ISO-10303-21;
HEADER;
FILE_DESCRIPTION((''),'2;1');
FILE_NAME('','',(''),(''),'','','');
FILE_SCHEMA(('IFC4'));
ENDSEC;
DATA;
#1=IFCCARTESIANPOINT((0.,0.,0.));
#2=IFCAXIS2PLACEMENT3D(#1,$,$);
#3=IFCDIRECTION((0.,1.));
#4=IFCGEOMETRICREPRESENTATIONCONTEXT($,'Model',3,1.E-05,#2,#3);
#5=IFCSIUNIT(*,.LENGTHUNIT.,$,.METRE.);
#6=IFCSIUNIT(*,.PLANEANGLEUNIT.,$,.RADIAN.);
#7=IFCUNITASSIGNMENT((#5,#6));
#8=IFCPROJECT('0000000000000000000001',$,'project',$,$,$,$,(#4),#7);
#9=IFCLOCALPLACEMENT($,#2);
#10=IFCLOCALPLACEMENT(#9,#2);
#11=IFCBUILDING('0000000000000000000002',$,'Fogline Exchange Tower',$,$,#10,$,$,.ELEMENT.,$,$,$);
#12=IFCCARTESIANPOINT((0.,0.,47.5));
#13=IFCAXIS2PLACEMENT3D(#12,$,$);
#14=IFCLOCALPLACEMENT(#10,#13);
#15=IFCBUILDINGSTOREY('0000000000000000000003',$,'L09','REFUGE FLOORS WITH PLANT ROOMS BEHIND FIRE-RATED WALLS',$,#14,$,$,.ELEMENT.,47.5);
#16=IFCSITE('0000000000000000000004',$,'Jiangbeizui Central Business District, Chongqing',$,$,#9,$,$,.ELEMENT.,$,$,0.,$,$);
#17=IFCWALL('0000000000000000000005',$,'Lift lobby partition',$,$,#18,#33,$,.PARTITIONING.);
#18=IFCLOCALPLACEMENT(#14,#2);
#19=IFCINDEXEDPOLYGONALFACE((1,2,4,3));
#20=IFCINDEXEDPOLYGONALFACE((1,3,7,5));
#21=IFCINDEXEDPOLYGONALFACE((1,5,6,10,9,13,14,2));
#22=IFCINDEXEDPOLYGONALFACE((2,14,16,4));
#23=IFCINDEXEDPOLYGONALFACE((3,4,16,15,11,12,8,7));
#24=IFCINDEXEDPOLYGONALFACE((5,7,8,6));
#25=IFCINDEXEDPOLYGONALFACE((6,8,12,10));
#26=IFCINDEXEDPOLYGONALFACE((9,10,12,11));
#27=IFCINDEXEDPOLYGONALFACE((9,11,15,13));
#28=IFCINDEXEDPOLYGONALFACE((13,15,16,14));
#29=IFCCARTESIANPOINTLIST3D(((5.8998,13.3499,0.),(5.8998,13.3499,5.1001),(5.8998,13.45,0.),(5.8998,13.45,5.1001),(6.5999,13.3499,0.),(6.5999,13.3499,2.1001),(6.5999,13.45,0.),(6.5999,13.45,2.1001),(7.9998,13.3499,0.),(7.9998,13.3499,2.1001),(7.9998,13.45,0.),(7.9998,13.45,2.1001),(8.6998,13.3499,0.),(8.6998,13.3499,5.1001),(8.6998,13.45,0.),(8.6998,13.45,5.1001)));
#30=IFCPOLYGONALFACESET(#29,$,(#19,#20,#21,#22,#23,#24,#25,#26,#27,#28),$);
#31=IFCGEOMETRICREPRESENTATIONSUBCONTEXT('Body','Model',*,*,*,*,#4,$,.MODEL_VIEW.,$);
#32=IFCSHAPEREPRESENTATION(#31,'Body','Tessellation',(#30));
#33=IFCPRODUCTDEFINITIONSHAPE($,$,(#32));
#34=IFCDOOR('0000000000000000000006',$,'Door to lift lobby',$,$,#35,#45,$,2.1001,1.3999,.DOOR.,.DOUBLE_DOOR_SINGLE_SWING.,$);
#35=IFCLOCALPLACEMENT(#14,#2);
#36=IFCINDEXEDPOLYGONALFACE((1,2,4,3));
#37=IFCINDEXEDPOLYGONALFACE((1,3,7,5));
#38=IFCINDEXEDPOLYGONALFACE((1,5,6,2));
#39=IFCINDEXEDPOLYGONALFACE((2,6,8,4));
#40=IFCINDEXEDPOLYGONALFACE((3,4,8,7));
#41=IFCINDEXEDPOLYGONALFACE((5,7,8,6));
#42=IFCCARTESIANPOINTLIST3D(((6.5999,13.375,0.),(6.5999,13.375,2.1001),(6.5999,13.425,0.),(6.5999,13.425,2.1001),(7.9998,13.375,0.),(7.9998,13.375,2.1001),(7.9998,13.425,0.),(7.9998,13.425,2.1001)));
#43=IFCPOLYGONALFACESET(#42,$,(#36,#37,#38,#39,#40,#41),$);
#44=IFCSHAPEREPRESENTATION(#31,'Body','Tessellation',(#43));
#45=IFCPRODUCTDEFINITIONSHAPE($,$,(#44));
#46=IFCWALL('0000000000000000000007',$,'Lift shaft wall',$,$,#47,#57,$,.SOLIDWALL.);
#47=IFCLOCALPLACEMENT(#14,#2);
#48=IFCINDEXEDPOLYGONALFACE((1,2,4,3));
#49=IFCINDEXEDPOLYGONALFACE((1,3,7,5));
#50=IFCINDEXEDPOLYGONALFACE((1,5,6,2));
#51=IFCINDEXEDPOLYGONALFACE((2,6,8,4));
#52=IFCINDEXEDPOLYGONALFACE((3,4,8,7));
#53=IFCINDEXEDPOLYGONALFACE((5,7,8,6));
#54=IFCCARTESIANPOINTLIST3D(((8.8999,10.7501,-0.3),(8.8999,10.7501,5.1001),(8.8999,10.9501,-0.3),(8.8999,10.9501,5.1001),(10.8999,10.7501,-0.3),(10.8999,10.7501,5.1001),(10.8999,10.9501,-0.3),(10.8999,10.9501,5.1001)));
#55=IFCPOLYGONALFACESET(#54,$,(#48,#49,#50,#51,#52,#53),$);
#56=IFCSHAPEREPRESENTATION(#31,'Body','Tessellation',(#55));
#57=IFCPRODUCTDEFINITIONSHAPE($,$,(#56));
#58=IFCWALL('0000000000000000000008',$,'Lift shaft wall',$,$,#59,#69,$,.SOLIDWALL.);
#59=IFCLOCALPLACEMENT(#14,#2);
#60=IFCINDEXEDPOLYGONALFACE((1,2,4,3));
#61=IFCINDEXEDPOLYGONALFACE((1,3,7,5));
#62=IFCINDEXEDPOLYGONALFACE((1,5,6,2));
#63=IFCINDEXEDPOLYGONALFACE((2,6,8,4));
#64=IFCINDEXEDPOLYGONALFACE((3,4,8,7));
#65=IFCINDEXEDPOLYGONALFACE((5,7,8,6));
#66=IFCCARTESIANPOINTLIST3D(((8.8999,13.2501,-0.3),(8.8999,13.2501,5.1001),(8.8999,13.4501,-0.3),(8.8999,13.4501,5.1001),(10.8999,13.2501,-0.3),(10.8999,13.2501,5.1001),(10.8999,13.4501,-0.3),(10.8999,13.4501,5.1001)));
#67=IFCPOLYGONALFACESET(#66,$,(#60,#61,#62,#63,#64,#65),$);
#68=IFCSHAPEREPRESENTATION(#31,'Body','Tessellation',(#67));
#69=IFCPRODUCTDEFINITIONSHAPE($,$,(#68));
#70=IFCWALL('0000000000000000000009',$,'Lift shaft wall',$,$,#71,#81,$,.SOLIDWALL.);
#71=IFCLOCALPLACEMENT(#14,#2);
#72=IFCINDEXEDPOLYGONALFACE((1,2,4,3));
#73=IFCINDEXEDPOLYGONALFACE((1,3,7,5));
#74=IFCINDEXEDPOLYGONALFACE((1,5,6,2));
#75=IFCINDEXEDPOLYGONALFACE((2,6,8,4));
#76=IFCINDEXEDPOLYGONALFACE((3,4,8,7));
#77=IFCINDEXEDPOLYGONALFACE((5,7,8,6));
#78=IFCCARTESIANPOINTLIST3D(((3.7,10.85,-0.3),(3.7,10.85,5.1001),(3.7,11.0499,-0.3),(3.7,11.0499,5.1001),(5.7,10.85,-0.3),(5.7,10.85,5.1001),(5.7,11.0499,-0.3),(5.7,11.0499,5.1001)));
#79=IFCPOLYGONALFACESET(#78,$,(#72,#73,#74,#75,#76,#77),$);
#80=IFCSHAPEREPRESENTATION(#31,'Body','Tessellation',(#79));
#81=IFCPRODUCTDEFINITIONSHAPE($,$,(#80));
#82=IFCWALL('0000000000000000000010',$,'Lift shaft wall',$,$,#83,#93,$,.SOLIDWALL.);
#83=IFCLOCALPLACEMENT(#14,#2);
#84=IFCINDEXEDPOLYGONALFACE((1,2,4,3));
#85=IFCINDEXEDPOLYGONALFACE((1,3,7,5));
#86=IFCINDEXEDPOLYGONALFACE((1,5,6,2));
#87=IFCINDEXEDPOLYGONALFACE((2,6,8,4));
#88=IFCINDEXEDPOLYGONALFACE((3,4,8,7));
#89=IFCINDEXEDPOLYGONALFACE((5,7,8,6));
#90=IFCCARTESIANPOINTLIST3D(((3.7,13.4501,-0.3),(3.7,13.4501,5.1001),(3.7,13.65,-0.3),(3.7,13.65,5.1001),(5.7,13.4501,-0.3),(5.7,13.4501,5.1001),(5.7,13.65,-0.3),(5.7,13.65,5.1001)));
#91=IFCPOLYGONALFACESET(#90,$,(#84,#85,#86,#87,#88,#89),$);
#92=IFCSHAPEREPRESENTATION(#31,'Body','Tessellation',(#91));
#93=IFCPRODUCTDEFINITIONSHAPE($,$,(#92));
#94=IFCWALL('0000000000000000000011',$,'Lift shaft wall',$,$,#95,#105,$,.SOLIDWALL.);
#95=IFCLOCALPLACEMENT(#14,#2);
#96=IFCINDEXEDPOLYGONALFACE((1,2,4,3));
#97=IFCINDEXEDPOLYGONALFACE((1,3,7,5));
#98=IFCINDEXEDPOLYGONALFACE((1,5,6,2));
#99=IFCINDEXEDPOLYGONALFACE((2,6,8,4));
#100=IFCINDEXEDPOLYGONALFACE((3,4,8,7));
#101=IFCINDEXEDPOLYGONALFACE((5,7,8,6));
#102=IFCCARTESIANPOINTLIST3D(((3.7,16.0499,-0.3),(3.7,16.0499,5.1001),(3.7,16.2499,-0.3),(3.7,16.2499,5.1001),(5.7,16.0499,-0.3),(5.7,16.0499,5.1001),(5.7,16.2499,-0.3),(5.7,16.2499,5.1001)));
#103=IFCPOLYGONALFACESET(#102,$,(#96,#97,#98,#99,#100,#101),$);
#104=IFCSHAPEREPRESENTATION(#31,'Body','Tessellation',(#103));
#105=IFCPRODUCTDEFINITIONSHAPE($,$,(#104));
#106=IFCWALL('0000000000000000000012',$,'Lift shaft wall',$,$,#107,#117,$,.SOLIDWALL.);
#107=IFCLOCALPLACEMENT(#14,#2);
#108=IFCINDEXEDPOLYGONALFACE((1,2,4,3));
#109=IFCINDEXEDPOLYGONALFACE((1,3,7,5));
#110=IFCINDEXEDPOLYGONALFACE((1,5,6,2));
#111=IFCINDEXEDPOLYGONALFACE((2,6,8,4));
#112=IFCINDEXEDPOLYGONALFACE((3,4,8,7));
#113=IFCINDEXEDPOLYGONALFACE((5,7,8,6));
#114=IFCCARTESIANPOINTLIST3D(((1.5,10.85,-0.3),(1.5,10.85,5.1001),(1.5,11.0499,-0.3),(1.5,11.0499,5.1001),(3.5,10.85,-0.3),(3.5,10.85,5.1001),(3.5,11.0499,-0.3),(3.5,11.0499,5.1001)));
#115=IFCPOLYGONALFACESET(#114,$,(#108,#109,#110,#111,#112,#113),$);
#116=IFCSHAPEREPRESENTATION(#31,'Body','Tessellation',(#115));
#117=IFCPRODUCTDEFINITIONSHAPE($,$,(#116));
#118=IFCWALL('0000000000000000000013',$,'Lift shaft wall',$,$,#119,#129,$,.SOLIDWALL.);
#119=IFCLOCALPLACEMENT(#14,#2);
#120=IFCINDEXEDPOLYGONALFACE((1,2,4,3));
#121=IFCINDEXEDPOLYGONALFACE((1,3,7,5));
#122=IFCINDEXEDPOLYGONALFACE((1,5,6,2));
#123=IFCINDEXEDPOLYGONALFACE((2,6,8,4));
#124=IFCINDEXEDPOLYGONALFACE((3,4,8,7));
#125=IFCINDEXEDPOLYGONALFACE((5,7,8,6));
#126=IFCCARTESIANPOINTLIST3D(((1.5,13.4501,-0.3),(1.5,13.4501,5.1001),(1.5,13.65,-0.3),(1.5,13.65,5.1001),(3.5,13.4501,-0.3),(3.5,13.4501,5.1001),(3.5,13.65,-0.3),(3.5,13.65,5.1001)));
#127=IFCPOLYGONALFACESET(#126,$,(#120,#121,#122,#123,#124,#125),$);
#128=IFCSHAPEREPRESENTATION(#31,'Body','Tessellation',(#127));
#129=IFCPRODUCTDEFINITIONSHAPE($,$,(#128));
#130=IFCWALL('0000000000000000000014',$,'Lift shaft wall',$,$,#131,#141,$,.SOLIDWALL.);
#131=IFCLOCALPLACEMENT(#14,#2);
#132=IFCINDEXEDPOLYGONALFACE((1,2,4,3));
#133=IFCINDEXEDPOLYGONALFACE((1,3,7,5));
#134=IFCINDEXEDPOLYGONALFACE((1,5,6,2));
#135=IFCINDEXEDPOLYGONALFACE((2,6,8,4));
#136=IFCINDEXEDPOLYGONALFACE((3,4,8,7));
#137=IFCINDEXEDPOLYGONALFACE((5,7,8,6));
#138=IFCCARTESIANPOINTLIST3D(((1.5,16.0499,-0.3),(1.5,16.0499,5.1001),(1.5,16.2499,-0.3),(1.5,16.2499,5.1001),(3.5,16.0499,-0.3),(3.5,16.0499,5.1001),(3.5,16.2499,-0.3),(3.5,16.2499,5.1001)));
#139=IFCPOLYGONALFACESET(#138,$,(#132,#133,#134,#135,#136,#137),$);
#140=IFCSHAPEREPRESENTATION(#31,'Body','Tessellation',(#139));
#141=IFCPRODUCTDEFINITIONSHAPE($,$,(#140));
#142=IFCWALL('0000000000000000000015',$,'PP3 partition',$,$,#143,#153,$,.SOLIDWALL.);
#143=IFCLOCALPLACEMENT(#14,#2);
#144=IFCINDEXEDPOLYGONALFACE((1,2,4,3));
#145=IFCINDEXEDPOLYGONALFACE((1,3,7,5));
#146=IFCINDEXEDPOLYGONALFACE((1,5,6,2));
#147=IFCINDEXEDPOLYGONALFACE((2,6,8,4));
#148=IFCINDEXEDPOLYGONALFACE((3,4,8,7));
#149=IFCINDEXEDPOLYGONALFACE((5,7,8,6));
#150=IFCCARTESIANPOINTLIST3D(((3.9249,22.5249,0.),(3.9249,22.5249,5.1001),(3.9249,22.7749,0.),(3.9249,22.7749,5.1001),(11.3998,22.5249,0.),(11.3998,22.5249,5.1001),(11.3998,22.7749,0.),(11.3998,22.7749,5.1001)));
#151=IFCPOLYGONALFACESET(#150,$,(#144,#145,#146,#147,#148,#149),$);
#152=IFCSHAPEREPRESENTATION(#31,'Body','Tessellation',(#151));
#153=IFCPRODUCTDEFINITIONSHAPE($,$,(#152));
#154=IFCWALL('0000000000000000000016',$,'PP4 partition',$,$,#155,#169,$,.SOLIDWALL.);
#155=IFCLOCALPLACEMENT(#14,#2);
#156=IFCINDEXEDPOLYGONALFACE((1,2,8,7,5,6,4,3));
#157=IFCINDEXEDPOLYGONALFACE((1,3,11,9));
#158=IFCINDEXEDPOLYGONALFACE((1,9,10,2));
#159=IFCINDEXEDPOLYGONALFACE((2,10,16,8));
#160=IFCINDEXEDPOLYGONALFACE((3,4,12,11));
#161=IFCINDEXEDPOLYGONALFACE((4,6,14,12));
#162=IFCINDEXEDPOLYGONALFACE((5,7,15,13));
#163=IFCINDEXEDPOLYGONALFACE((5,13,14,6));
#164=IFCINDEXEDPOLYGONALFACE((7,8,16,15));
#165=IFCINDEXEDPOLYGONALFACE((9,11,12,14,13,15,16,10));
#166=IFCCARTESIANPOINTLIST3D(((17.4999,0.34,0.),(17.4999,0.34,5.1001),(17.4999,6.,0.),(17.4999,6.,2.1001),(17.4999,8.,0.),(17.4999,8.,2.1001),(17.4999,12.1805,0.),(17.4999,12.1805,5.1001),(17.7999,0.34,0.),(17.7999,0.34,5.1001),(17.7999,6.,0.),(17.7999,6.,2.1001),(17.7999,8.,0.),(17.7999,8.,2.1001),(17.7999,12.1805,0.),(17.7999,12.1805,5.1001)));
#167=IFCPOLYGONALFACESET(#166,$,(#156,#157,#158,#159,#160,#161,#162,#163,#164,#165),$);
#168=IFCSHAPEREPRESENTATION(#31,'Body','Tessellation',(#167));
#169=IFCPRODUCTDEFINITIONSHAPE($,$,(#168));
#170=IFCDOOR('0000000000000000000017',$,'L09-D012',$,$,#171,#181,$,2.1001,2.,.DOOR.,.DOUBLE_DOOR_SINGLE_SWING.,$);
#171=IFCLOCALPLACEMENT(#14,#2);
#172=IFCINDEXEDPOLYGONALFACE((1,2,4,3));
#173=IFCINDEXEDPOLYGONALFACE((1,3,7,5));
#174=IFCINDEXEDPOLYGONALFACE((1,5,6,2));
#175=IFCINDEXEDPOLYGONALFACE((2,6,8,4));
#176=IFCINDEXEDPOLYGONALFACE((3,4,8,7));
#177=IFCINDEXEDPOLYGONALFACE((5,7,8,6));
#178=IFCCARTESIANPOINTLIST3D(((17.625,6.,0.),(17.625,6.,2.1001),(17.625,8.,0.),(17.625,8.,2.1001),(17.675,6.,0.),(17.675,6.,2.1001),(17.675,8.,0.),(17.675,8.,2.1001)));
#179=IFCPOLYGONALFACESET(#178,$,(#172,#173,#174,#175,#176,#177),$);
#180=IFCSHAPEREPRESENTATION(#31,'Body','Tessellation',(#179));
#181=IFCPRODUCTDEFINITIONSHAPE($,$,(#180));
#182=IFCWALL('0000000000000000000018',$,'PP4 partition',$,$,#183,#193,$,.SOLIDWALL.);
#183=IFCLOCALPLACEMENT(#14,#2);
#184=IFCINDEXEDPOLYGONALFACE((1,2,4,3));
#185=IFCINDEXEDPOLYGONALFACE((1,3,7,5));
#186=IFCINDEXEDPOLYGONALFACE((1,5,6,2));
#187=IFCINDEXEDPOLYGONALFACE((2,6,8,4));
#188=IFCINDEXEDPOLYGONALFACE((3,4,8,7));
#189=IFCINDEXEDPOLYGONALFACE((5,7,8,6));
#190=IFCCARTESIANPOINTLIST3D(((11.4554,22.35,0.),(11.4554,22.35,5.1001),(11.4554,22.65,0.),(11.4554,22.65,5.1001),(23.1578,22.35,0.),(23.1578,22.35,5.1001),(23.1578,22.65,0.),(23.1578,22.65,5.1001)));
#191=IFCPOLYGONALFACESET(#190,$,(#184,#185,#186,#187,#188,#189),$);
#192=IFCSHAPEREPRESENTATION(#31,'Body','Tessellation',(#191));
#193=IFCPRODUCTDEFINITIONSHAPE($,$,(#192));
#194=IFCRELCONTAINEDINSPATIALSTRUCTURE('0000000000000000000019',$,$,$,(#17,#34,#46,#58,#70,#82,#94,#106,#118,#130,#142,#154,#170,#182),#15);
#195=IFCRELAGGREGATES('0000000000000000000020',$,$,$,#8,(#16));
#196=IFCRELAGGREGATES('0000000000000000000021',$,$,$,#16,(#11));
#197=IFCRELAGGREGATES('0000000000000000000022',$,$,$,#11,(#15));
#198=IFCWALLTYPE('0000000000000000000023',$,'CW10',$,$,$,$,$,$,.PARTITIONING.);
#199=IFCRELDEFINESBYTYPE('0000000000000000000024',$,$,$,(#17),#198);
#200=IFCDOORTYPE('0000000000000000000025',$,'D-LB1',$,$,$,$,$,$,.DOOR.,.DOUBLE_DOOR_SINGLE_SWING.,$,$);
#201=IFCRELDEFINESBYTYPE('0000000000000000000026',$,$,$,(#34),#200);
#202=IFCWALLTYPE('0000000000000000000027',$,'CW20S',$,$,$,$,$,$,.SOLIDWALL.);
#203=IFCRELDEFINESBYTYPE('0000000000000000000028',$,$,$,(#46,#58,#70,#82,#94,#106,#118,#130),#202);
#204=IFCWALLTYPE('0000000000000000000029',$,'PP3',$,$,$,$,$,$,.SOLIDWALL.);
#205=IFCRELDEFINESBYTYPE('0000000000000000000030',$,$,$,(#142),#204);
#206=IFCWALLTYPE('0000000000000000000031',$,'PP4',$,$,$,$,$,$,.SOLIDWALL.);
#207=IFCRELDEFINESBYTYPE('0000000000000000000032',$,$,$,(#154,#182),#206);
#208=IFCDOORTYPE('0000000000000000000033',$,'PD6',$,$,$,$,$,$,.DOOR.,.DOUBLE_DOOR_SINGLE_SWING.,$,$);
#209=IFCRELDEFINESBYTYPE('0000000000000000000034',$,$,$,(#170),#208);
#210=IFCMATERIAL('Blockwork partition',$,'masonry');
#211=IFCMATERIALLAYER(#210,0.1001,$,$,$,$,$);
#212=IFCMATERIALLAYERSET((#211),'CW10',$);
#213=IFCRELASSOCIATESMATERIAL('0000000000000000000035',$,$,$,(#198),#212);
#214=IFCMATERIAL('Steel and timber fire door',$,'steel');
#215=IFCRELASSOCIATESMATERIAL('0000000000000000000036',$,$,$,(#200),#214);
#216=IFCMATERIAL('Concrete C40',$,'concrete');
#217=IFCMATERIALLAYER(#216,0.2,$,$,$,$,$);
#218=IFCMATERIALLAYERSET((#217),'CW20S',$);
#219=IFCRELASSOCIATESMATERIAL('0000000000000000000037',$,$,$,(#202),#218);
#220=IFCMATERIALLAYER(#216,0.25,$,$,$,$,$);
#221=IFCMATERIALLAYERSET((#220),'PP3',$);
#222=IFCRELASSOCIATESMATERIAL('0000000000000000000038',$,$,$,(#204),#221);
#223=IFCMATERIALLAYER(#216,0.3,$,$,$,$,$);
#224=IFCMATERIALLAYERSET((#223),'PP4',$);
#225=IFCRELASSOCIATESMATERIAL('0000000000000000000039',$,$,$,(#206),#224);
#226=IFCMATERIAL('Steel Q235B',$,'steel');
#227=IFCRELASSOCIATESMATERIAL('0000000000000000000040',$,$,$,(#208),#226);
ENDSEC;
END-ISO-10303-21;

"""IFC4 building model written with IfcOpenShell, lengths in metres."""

from ifc_helpers import new_model, si_unit, direction, frame, frame_2d, origin, place, context, subcontext, project, spatial, rectangle, extrude, material, layer, layer_set, type_object, element, fill, save


model = new_model("IFC4")

# Units and contexts
model_context = context("Model", 3, precision=1e-05, world=origin(), true_north=direction((0.0, 1.0)))
body_context = subcontext(model_context, "Body", "Model", "MODEL_VIEW")
ifc_project = project(units=[si_unit("LENGTHUNIT", "METRE"), si_unit("PLANEANGLEUNIT", "RADIAN")], contexts=[model_context])

# Site, building, storey
site_placement = place(None, origin())
site = spatial("IfcSite", under=ifc_project, at=site_placement, Name="Jiangbeizui Central Business District, Chongqing", CompositionType="ELEMENT", RefElevation=0.0)
building_placement = place(site_placement, origin())
building = spatial("IfcBuilding", under=site, at=building_placement, Name="Fogline Exchange Tower", CompositionType="ELEMENT")
storey_placement = place(building_placement, frame((0.0, 0.0, 47.5)))
storey = spatial("IfcBuildingStorey", under=building, at=storey_placement, Name="L09", Description="REFUGE FLOORS WITH PLANT ROOMS BEHIND FIRE-RATED WALLS", CompositionType="ELEMENT", Elevation=47.5)

# Shared definitions
ifc_material_1 = material(Name="Concrete C40", Category="concrete")

# Wall, opening, door
ifc_material_2 = material(Name="Blockwork partition", Category="masonry")
ifc_layer_1 = layer(ifc_material_2, 0.1001)
ifc_layer_set_1 = layer_set([ifc_layer_1], Name="CW10")
wall_type_1 = type_object("IfcWallType", Name="CW10", PredefinedType="PARTITIONING", material=ifc_layer_set_1)
wall_1_placement = place(storey_placement, frame((5.8999, 13.3999, 0.0), z_axis=(0.0, 0.0, 1.0), x_axis=(1.0, 0.0, 0.0)))
wall_1 = element("IfcWall", 1, at=wall_1_placement, inside=storey, type_object=wall_type_1, Name="Lift lobby partition", PredefinedType="PARTITIONING", context=body_context, shape_type="SweptSolid", body=[
    extrude(rectangle(XDim=2.8, YDim=0.1001, at=frame_2d((1.3999, 0.0))), origin(), (0.0, 0.0, 1.0), 5.1001),
])
opening_1_placement = place(wall_1_placement, frame((0.7, 0.0, 0.0)))
opening_1 = element("IfcOpeningElement", 2, at=opening_1_placement, cuts=wall_1, PredefinedType="OPENING", context=body_context, shape_type="SweptSolid", body=[
    extrude(rectangle(XDim=1.3999, YDim=2.1001, at=frame_2d((0.7, 1.05))), frame((0.0, 0.0601, 0.0), z_axis=(0.0, -1.0, 0.0), x_axis=(1.0, 0.0, 0.0)), (0.0, 0.0, 1.0), 0.1201),
])
ifc_material_3 = material(Name="Steel and timber fire door", Category="steel")
door_type_1 = type_object("IfcDoorType", Name="D-LB1", OperationType="DOUBLE_DOOR_SINGLE_SWING", PredefinedType="DOOR", material=ifc_material_3)
door_1_placement = place(opening_1_placement, frame((1.3999, 0.0, 0.0), z_axis=(0.0, 0.0, 1.0), x_axis=(-1.0, 0.0, 0.0)))
door_1 = element("IfcDoor", 3, at=door_1_placement, inside=storey, type_object=door_type_1, Name="Door to lift lobby", OperationType="DOUBLE_DOOR_SINGLE_SWING", OverallHeight=2.1001, OverallWidth=1.3999, PredefinedType="DOOR", context=body_context, shape_type="SweptSolid", body=[
    extrude(rectangle(XDim=1.3999, YDim=2.1001, at=frame_2d((0.7, 1.05))), frame((0.0, 0.0249, 0.0), z_axis=(0.0, -1.0, 0.0), x_axis=(1.0, 0.0, 0.0)), (0.0, 0.0, 1.0), 0.05),
])
fill(opening_1, door_1)

# Walls
ifc_layer_2 = layer(ifc_material_1, 0.2)
ifc_layer_set_2 = layer_set([ifc_layer_2], Name="CW20S")
wall_type_2 = type_object("IfcWallType", Name="CW20S", PredefinedType="SOLIDWALL", material=ifc_layer_set_2)
for number, where, z_axis, x_axis, name in (
    (4, (8.8999, 10.8501, -0.3), (0.0, 0.0, 1.0), (1.0, 0.0, 0.0), "Lift shaft wall"),
    (5, (8.8999, 13.3501, -0.3), (0.0, 0.0, 1.0), (1.0, 0.0, 0.0), "Lift shaft wall"),
    (6, (3.7, 10.95, -0.3), (0.0, 0.0, 1.0), (1.0, 0.0, 0.0), "Lift shaft wall"),
    (7, (3.7, 13.55, -0.3), (0.0, 0.0, 1.0), (1.0, 0.0, 0.0), "Lift shaft wall"),
    (8, (3.7, 16.1499, -0.3), (0.0, 0.0, 1.0), (1.0, 0.0, 0.0), "Lift shaft wall"),
    (9, (1.5, 10.95, -0.3), (0.0, 0.0, 1.0), (1.0, 0.0, 0.0), "Lift shaft wall"),
    (10, (1.5, 13.55, -0.3), (0.0, 0.0, 1.0), (1.0, 0.0, 0.0), "Lift shaft wall"),
    (11, (1.5, 16.1499, -0.3), (0.0, 0.0, 1.0), (1.0, 0.0, 0.0), "Lift shaft wall"),
):
    element("IfcWall", number, at=place(storey_placement, frame(where, z_axis=z_axis, x_axis=x_axis)), inside=storey, type_object=wall_type_2, Name=name, PredefinedType="SOLIDWALL", context=body_context, shape_type="SweptSolid", body=[
        extrude(rectangle(XDim=2.0, YDim=0.2, at=frame_2d((1.0, 0.0))), origin(), (0.0, 0.0, 1.0), 5.4001),
    ])
ifc_layer_3 = layer(ifc_material_1, 0.25)
ifc_layer_set_3 = layer_set([ifc_layer_3], Name="PP3")
wall_type_3 = type_object("IfcWallType", Name="PP3", PredefinedType="SOLIDWALL", material=ifc_layer_set_3)
wall_2_placement = place(storey_placement, frame((3.925, 22.6499, 0.0), z_axis=(0.0, 0.0, 1.0), x_axis=(1.0, 0.0, 0.0)))
element("IfcWall", 12, at=wall_2_placement, inside=storey, type_object=wall_type_3, Name="PP3 partition", PredefinedType="SOLIDWALL", context=body_context, shape_type="SweptSolid", body=[
    extrude(rectangle(XDim=7.4749, YDim=0.25, at=frame_2d((3.7373, 0.0))), origin(), (0.0, 0.0, 1.0), 5.1001),
])

# Wall, opening, door
ifc_layer_4 = layer(ifc_material_1, 0.3)
ifc_layer_set_4 = layer_set([ifc_layer_4], Name="PP4")
wall_type_4 = type_object("IfcWallType", Name="PP4", PredefinedType="SOLIDWALL", material=ifc_layer_set_4)
wall_3_placement = place(storey_placement, frame((17.6499, 12.1807, 0.0), z_axis=(0.0, 0.0, 1.0), x_axis=(0.0, -1.0, 0.0)))
wall_3 = element("IfcWall", 13, at=wall_3_placement, inside=storey, type_object=wall_type_4, Name="PP4 partition", PredefinedType="SOLIDWALL", context=body_context, shape_type="SweptSolid", body=[
    extrude(rectangle(XDim=11.8406, YDim=0.3, at=frame_2d((5.9204, 0.0))), origin(), (0.0, 0.0, 1.0), 5.1001),
])
opening_2_placement = place(wall_3_placement, frame((4.1807, 0.0, 0.0)))
opening_2 = element("IfcOpeningElement", 14, at=opening_2_placement, cuts=wall_3, PredefinedType="OPENING", context=body_context, shape_type="SweptSolid", body=[
    extrude(rectangle(XDim=2.0, YDim=2.1001, at=frame_2d((1.0, 1.05))), frame((0.0, 0.1602, 0.0), z_axis=(0.0, -1.0, 0.0), x_axis=(1.0, 0.0, 0.0)), (0.0, 0.0, 1.0), 0.3201),
])
ifc_material_4 = material(Name="Steel Q235B", Category="steel")
door_type_2 = type_object("IfcDoorType", Name="PD6", OperationType="DOUBLE_DOOR_SINGLE_SWING", PredefinedType="DOOR", material=ifc_material_4)
door_2_placement = place(opening_2_placement, frame((2.0, 0.0, 0.0), z_axis=(0.0, 0.0, 1.0), x_axis=(-1.0, 0.0, 0.0)))
door_2 = element("IfcDoor", 15, at=door_2_placement, inside=storey, type_object=door_type_2, Name="L09-D012", OperationType="DOUBLE_DOOR_SINGLE_SWING", OverallHeight=2.1001, OverallWidth=2.0, PredefinedType="DOOR", context=body_context, shape_type="SweptSolid", body=[
    extrude(rectangle(XDim=2.0, YDim=2.1001, at=frame_2d((1.0, 1.05))), frame((0.0, 0.0249, 0.0), z_axis=(0.0, -1.0, 0.0), x_axis=(1.0, 0.0, 0.0)), (0.0, 0.0, 1.0), 0.05),
])
fill(opening_2, door_2)

# Wall
wall_4_placement = place(storey_placement, frame((11.4556, 22.5, 0.0), z_axis=(0.0, 0.0, 1.0), x_axis=(1.0, 0.0, 0.0)))
element("IfcWall", 16, at=wall_4_placement, inside=storey, type_object=wall_type_4, Name="PP4 partition", PredefinedType="SOLIDWALL", context=body_context, shape_type="SweptSolid", body=[
    extrude(rectangle(XDim=11.7024, YDim=0.3, at=frame_2d((5.8511, 0.0))), origin(), (0.0, 0.0, 1.0), 5.1001),
])

save(model, "model.ifc")
